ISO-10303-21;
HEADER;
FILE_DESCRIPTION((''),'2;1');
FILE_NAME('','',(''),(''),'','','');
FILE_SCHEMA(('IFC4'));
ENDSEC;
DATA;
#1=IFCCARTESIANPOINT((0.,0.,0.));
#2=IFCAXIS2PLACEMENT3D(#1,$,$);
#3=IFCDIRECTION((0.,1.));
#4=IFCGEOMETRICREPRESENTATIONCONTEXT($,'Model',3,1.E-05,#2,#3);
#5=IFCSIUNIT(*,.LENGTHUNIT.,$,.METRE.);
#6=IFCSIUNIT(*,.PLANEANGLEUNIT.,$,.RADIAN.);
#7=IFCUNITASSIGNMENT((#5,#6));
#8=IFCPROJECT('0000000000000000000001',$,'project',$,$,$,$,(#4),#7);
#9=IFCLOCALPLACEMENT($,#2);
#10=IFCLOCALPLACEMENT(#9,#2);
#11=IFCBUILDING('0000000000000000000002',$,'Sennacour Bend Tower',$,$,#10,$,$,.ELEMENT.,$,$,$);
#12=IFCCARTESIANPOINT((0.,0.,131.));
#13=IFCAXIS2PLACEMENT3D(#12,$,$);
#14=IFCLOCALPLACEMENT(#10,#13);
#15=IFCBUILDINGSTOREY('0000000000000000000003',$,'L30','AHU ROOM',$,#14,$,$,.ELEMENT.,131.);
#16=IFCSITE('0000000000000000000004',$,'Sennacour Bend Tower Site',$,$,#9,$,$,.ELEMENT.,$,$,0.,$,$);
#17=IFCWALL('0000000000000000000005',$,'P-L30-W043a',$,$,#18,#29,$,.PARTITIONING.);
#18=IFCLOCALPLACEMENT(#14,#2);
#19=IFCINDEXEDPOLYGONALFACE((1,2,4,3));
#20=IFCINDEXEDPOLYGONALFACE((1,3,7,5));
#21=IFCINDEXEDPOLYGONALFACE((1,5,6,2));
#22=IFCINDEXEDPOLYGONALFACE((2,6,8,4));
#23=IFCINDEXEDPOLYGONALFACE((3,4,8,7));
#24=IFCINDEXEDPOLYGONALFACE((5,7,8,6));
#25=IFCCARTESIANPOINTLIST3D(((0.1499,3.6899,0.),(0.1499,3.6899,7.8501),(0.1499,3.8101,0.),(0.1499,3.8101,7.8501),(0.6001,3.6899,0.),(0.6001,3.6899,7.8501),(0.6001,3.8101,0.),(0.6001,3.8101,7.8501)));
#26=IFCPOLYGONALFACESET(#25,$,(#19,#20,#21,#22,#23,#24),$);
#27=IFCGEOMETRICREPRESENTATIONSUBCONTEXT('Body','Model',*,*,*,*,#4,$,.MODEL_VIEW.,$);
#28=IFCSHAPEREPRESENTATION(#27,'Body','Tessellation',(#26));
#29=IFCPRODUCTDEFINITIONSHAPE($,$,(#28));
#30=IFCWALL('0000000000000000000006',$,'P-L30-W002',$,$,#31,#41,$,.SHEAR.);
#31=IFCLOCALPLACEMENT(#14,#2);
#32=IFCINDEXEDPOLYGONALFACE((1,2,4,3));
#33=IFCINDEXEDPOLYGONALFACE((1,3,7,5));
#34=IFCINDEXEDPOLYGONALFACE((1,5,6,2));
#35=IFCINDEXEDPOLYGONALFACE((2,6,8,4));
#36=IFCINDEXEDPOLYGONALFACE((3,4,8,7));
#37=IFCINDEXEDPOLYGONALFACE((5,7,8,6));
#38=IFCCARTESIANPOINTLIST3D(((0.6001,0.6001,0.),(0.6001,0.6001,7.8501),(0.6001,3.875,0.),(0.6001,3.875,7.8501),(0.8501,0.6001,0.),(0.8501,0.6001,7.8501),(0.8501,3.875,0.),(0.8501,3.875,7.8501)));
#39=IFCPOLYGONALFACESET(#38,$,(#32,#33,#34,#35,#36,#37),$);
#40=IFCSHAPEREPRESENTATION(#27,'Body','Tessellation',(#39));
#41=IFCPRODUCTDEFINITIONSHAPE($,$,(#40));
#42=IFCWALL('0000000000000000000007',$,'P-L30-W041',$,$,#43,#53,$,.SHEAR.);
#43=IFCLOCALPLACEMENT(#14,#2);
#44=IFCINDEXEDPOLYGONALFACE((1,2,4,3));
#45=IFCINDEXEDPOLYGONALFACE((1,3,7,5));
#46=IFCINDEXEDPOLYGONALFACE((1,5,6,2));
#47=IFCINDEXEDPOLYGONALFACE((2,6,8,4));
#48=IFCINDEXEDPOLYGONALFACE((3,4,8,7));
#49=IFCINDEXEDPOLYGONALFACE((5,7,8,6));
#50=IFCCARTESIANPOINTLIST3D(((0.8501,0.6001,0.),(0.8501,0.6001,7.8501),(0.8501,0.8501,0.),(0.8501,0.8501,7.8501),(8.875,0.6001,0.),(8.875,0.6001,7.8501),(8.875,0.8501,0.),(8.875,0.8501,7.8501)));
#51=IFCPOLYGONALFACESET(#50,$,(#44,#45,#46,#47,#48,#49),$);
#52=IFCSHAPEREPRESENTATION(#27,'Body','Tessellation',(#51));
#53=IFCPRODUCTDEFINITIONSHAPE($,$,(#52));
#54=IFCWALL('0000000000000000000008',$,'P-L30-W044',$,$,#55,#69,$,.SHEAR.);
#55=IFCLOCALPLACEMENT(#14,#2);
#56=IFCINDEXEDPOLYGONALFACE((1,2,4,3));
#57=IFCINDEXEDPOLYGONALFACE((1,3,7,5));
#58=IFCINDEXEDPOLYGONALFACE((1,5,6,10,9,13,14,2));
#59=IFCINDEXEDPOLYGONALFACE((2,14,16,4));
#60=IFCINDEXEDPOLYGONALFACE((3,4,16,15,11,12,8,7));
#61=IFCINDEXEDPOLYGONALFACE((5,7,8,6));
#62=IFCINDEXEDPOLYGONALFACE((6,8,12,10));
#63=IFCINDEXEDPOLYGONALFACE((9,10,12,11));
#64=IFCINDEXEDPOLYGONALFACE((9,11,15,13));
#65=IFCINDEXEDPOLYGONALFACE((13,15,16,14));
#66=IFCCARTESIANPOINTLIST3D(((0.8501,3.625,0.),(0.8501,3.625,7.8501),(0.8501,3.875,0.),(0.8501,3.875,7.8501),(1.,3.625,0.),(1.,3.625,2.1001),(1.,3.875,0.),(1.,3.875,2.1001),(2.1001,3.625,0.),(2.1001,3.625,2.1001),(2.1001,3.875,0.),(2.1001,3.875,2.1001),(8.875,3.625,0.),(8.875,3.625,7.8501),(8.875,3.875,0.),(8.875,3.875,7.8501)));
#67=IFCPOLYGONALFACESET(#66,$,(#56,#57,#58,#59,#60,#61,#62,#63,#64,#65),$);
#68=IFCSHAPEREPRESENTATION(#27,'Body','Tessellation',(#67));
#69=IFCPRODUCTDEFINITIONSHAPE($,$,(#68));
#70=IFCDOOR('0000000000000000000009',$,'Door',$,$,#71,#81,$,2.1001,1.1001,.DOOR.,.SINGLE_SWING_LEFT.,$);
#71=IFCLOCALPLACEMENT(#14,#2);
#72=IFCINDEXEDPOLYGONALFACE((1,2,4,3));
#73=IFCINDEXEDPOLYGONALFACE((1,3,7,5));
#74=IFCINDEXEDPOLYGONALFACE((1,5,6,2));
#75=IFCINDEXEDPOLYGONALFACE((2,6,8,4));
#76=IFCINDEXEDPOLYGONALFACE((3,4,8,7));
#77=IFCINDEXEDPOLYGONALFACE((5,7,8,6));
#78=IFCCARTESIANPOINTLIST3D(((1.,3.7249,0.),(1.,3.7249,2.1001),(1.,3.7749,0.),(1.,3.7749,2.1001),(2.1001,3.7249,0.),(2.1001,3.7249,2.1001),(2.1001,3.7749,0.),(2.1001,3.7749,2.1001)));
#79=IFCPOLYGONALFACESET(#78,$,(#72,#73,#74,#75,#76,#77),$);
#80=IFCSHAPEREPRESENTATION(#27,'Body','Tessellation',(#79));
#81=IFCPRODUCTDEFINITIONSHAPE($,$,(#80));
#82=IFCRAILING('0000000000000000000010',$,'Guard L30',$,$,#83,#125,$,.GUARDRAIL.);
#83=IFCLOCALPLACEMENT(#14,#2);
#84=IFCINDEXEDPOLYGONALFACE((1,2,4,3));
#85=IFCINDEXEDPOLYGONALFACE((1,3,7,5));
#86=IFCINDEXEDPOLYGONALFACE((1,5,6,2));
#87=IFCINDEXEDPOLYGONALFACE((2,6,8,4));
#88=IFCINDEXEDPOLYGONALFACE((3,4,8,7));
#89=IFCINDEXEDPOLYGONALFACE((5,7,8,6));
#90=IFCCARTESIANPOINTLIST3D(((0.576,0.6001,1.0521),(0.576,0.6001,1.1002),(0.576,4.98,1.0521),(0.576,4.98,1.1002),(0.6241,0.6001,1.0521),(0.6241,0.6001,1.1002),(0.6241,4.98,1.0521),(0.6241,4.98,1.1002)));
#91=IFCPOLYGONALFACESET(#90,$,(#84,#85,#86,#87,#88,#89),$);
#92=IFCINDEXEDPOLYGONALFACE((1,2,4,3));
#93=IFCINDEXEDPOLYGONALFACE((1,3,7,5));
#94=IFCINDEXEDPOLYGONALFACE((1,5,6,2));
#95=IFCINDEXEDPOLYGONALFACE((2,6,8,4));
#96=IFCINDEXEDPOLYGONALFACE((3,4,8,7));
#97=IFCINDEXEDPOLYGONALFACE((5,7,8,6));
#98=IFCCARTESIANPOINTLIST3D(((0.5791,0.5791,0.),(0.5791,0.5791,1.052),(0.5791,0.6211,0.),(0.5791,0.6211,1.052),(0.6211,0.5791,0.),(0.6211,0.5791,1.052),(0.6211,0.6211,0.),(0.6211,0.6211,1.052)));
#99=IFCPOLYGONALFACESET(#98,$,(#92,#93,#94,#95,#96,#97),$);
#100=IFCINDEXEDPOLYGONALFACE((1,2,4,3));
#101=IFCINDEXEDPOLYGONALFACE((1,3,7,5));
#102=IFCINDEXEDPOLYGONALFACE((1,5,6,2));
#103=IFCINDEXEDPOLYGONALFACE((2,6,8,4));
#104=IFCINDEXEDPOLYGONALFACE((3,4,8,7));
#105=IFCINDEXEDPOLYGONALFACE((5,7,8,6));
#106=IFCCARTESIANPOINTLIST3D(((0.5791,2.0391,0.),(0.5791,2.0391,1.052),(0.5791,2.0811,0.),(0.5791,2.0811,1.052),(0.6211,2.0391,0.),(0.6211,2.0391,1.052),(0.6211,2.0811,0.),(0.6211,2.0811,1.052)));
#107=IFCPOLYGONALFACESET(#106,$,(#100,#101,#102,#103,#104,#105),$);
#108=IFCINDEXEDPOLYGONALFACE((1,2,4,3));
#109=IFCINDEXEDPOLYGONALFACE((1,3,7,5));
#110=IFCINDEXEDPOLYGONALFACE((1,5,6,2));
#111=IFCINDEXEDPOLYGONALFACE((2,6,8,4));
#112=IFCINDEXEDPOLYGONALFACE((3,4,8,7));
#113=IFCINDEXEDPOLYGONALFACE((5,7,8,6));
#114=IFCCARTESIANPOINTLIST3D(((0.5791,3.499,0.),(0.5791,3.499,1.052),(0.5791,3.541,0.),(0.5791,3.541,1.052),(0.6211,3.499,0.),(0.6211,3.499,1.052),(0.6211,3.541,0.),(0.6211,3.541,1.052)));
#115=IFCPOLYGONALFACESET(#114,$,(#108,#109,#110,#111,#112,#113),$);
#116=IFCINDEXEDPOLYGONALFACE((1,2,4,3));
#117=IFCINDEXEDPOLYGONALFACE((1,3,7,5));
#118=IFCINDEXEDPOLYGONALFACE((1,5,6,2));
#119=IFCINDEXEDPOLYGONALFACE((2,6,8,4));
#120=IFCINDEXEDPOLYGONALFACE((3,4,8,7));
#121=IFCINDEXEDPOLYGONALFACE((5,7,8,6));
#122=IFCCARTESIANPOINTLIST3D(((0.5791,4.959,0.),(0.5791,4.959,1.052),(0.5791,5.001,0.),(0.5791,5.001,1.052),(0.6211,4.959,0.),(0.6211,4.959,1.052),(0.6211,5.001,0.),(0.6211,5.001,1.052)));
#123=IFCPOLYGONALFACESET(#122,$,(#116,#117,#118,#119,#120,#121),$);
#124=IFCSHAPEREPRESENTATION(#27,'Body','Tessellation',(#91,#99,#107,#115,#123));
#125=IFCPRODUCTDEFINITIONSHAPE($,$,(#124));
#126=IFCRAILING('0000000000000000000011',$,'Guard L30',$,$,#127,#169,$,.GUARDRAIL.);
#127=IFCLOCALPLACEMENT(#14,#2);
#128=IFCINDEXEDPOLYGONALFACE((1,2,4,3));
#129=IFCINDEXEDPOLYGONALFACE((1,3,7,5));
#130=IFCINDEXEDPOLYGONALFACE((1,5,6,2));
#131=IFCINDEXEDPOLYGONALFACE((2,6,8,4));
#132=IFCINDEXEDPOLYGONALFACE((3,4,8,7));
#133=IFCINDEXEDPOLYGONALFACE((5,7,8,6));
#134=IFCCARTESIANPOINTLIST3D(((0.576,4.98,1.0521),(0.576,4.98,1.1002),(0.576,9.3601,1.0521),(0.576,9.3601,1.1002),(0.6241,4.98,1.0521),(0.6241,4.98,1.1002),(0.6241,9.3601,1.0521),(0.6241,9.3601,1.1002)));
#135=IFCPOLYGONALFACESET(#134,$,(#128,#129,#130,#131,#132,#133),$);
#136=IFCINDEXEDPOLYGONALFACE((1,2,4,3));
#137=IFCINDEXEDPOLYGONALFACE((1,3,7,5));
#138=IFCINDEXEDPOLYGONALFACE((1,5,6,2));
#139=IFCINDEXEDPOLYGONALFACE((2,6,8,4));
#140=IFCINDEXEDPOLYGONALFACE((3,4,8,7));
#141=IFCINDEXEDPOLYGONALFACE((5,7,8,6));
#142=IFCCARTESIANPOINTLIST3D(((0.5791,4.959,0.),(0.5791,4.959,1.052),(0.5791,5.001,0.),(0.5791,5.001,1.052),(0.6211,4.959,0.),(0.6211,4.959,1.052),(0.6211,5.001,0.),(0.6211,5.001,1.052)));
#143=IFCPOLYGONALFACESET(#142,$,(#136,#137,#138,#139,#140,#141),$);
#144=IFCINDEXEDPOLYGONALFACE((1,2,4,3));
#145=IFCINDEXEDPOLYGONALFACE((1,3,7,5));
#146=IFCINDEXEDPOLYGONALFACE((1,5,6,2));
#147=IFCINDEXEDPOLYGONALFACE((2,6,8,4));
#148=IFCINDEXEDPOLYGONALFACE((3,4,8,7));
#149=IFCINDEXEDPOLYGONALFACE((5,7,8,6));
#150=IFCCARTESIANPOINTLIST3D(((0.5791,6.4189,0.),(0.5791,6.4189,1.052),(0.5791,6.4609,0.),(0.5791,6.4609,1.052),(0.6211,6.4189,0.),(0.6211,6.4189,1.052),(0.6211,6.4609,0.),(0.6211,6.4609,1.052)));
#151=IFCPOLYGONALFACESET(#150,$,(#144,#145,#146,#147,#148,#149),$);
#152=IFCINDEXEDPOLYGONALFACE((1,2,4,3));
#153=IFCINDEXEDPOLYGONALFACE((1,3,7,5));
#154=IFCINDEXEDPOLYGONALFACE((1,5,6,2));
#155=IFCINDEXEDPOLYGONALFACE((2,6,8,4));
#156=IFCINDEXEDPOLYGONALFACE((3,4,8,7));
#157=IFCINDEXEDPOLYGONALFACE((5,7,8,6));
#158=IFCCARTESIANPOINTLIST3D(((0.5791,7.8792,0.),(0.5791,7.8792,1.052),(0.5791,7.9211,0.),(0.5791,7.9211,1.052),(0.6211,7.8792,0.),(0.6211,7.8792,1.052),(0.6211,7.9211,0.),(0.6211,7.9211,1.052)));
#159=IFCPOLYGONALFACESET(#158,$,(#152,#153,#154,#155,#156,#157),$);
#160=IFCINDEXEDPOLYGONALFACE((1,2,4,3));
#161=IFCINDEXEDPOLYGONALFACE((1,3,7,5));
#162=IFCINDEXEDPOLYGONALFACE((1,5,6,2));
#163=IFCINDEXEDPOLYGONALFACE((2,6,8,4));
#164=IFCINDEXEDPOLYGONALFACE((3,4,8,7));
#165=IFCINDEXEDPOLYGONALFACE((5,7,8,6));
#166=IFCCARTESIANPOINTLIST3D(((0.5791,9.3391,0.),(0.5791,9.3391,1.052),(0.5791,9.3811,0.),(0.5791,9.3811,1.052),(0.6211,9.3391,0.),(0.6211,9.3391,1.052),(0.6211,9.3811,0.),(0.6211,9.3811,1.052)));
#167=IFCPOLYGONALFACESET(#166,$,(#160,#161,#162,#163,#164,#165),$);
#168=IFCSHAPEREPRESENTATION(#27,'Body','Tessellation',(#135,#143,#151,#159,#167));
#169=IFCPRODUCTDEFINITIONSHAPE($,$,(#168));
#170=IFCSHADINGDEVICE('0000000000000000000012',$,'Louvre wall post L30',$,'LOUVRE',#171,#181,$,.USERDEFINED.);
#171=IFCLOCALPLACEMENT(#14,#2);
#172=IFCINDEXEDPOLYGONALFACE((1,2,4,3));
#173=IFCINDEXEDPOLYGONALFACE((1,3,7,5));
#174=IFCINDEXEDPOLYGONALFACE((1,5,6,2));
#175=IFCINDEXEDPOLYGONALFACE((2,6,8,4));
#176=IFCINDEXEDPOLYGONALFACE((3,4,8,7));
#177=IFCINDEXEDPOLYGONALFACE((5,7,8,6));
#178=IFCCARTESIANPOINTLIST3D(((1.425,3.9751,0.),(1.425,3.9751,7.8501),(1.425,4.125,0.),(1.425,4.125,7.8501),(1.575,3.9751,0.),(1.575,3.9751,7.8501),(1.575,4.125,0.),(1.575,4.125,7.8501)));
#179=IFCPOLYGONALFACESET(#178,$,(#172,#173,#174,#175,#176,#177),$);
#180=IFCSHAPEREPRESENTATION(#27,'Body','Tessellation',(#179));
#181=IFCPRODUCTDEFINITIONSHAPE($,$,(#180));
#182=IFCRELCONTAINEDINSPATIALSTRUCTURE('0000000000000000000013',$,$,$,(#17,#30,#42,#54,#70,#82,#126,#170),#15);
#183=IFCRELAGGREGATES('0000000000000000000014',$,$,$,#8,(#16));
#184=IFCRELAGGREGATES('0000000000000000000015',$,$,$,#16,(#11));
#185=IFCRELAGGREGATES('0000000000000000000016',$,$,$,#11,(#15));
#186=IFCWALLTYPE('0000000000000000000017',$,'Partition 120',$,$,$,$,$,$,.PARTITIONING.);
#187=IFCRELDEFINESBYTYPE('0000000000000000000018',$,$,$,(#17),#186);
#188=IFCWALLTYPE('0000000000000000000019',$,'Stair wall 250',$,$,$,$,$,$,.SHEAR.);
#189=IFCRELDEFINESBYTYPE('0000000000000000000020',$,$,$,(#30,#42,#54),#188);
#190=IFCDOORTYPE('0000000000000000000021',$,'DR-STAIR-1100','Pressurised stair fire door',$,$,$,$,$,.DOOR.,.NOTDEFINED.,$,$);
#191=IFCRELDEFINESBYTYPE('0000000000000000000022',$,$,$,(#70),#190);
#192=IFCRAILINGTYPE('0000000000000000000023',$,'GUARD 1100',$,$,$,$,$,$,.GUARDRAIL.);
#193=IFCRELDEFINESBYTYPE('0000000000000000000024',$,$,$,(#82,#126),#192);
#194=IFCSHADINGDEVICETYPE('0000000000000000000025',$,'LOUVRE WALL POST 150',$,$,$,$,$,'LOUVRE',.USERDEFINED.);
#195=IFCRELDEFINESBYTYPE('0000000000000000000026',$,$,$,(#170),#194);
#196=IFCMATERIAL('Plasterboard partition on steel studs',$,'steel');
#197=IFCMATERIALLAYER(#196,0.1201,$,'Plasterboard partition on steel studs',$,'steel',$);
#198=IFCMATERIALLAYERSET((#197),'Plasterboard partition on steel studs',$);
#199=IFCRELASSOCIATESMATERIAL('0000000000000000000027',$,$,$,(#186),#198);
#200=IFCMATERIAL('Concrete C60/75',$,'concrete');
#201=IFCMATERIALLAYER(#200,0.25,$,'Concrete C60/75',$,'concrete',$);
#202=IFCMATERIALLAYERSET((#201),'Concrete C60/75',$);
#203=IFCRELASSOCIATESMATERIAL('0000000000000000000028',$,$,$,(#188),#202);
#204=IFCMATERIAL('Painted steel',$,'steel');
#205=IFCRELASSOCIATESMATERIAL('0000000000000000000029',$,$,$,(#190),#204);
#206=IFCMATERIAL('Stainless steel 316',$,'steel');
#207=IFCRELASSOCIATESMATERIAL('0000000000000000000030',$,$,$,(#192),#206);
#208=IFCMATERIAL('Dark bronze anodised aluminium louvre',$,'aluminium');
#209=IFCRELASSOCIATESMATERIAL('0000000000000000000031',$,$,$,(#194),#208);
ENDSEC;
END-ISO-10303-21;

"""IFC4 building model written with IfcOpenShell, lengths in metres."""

from ifc_helpers import new_model, si_unit, direction, frame, frame_2d, origin, origin_2d, place, context, subcontext, project, spatial, rectangle, extrude, material, layer, layer_set, type_object, element, fill, save


model = new_model("IFC4")

# Units and contexts
model_context = context("Model", 3, precision=1e-05, world=origin(), true_north=direction((0.0, 1.0)))
body_context = subcontext(model_context, "Body", "Model", "MODEL_VIEW")
ifc_project = project(units=[si_unit("LENGTHUNIT", "METRE"), si_unit("PLANEANGLEUNIT", "RADIAN")], contexts=[model_context])

# Site, building, storey
site_placement = place(None, origin())
site = spatial("IfcSite", under=ifc_project, at=site_placement, Name="Sennacour Bend Tower Site", CompositionType="ELEMENT", RefElevation=0.0)
building_placement = place(site_placement, origin())
building = spatial("IfcBuilding", under=site, at=building_placement, Name="Sennacour Bend Tower", CompositionType="ELEMENT")
storey_placement = place(building_placement, frame((0.0, 0.0, 131.0)))
storey = spatial("IfcBuildingStorey", under=building, at=storey_placement, Name="L30", Description="AHU ROOM", CompositionType="ELEMENT", Elevation=131.0)

# Walls
ifc_material_1 = material(Name="Plasterboard partition on steel studs", Category="steel")
ifc_layer_1 = layer(ifc_material_1, 0.1201, Name="Plasterboard partition on steel studs", Category="steel")
ifc_layer_set_1 = layer_set([ifc_layer_1], Name="Plasterboard partition on steel studs")
wall_type_1 = type_object("IfcWallType", Name="Partition 120", PredefinedType="PARTITIONING", material=ifc_layer_set_1)
wall_1_placement = place(storey_placement, frame((0.1499, 3.75, 0.0), z_axis=(0.0, 0.0, 1.0), x_axis=(1.0, 0.0, 0.0)))
element("IfcWall", 1, at=wall_1_placement, inside=storey, type_object=wall_type_1, Name="P-L30-W043a", PredefinedType="PARTITIONING", context=body_context, shape_type="SweptSolid", body=[
    extrude(rectangle(XDim=0.4502, YDim=0.1201, at=frame_2d((0.2251, 0.0))), origin(), (0.0, 0.0, 1.0), 7.8501),
])
ifc_material_2 = material(Name="Concrete C60/75", Category="concrete")
ifc_layer_2 = layer(ifc_material_2, 0.25, Name="Concrete C60/75", Category="concrete")
ifc_layer_set_2 = layer_set([ifc_layer_2], Name="Concrete C60/75")
wall_type_2 = type_object("IfcWallType", Name="Stair wall 250", PredefinedType="SHEAR", material=ifc_layer_set_2)
wall_2_placement = place(storey_placement, frame((0.7251, 0.6001, 0.0), z_axis=(0.0, 0.0, 1.0), x_axis=(0.0, 1.0, 0.0)))
element("IfcWall", 2, at=wall_2_placement, inside=storey, type_object=wall_type_2, Name="P-L30-W002", PredefinedType="SHEAR", context=body_context, shape_type="SweptSolid", body=[
    extrude(rectangle(XDim=3.2749, YDim=0.25, at=frame_2d((1.6375, 0.0))), origin(), (0.0, 0.0, 1.0), 7.8501),
])
wall_3_placement = place(storey_placement, frame((0.8501, 0.7251, 0.0), z_axis=(0.0, 0.0, 1.0), x_axis=(1.0, 0.0, 0.0)))
element("IfcWall", 3, at=wall_3_placement, inside=storey, type_object=wall_type_2, Name="P-L30-W041", PredefinedType="SHEAR", context=body_context, shape_type="SweptSolid", body=[
    extrude(rectangle(XDim=8.0249, YDim=0.25, at=frame_2d((4.0125, 0.0))), origin(), (0.0, 0.0, 1.0), 7.8501),
])

# Wall, opening, door
wall_4_placement = place(storey_placement, frame((0.8501, 3.75, 0.0), z_axis=(0.0, 0.0, 1.0), x_axis=(1.0, 0.0, 0.0)))
wall_4 = element("IfcWall", 4, at=wall_4_placement, inside=storey, type_object=wall_type_2, Name="P-L30-W044", PredefinedType="SHEAR", context=body_context, shape_type="SweptSolid", body=[
    extrude(rectangle(XDim=8.0249, YDim=0.25, at=frame_2d((4.0125, 0.0))), origin(), (0.0, 0.0, 1.0), 7.8501),
])
opening_placement = place(wall_4_placement, frame((0.1499, 0.0, 0.0)))
opening = element("IfcOpeningElement", 5, at=opening_placement, cuts=wall_4, PredefinedType="OPENING", context=body_context, shape_type="SweptSolid", body=[
    extrude(rectangle(XDim=1.1001, YDim=2.1001, at=frame_2d((0.55, 1.05))), frame((0.0, 0.135, 0.0), z_axis=(0.0, -1.0, 0.0), x_axis=(1.0, 0.0, 0.0)), (0.0, 0.0, 1.0), 0.27),
])
ifc_material_3 = material(Name="Painted steel", Category="steel")
door_type = type_object("IfcDoorType", Name="DR-STAIR-1100", Description="Pressurised stair fire door", OperationType="NOTDEFINED", PredefinedType="DOOR", material=ifc_material_3)
door_placement = place(opening_placement, origin())
door = element("IfcDoor", 6, at=door_placement, inside=storey, type_object=door_type, Name="Door", OperationType="SINGLE_SWING_LEFT", OverallHeight=2.1001, OverallWidth=1.1001, PredefinedType="DOOR", context=body_context, shape_type="SweptSolid", body=[
    extrude(rectangle(XDim=1.1001, YDim=2.1001, at=frame_2d((0.55, 1.05))), frame((0.0, 0.0249, 0.0), z_axis=(0.0, -1.0, 0.0), x_axis=(1.0, 0.0, 0.0)), (0.0, 0.0, 1.0), 0.05),
])
fill(opening, door)

# Railings
ifc_material_4 = material(Name="Stainless steel 316", Category="steel")
railing_type = type_object("IfcRailingType", Name="GUARD 1100", PredefinedType="GUARDRAIL", material=ifc_material_4)
railing_1_placement = place(storey_placement, frame((0.6001, 0.6001, 0.0)))
element("IfcRailing", 7, at=railing_1_placement, inside=storey, type_object=railing_type, Name="Guard L30", PredefinedType="GUARDRAIL", context=body_context, shape_type="SweptSolid", body=[
    extrude(rectangle(XDim=0.0481, YDim=0.0481, at=origin_2d()), frame((0.0, 0.0, 1.0762), z_axis=(0.0, 1.0, 0.0), x_axis=(-1.0, 0.0, 0.0)), (0.0, 0.0, 1.0), 4.3799),
    extrude(rectangle(XDim=0.042, YDim=0.042, at=origin_2d()), origin(), (0.0, 0.0, 1.0), 1.052),
    extrude(rectangle(XDim=0.042, YDim=0.042, at=origin_2d()), frame((0.0, 1.46, 0.0)), (0.0, 0.0, 1.0), 1.052),
    extrude(rectangle(XDim=0.042, YDim=0.042, at=origin_2d()), frame((0.0, 2.9199, 0.0)), (0.0, 0.0, 1.0), 1.052),
    extrude(rectangle(XDim=0.042, YDim=0.042, at=origin_2d()), frame((0.0, 4.3799, 0.0)), (0.0, 0.0, 1.0), 1.052),
])
railing_2_placement = place(storey_placement, frame((0.6001, 4.98, 0.0)))
element("IfcRailing", 8, at=railing_2_placement, inside=storey, type_object=railing_type, Name="Guard L30", PredefinedType="GUARDRAIL", context=body_context, shape_type="SweptSolid", body=[
    extrude(rectangle(XDim=0.0481, YDim=0.0481, at=origin_2d()), frame((0.0, 0.0, 1.0762), z_axis=(0.0, 1.0, 0.0), x_axis=(-1.0, 0.0, 0.0)), (0.0, 0.0, 1.0), 4.3801),
    extrude(rectangle(XDim=0.042, YDim=0.042, at=origin_2d()), origin(), (0.0, 0.0, 1.0), 1.052),
    extrude(rectangle(XDim=0.042, YDim=0.042, at=origin_2d()), frame((0.0, 1.46, 0.0)), (0.0, 0.0, 1.0), 1.052),
    extrude(rectangle(XDim=0.042, YDim=0.042, at=origin_2d()), frame((0.0, 2.9202, 0.0)), (0.0, 0.0, 1.0), 1.052),
    extrude(rectangle(XDim=0.042, YDim=0.042, at=origin_2d()), frame((0.0, 4.3801, 0.0)), (0.0, 0.0, 1.0), 1.052),
])

# Shading device
ifc_material_5 = material(Name="Dark bronze anodised aluminium louvre", Category="aluminium")
shading_device_type = type_object("IfcShadingDeviceType", Name="LOUVRE WALL POST 150", ElementType="LOUVRE", PredefinedType="USERDEFINED", material=ifc_material_5)
shading_device_placement = place(storey_placement, frame((1.5, 4.05, 0.0), z_axis=(0.0, 0.0, 1.0), x_axis=(1.0, 0.0, 0.0)))
element("IfcShadingDevice", 9, at=shading_device_placement, inside=storey, type_object=shading_device_type, Name="Louvre wall post L30", ObjectType="LOUVRE", PredefinedType="USERDEFINED", context=body_context, shape_type="SweptSolid", body=[
    extrude(rectangle(XDim=0.1499, YDim=0.1499, at=origin_2d()), origin(), (0.0, 0.0, 1.0), 7.8501),
])

save(model, "model.ifc")
